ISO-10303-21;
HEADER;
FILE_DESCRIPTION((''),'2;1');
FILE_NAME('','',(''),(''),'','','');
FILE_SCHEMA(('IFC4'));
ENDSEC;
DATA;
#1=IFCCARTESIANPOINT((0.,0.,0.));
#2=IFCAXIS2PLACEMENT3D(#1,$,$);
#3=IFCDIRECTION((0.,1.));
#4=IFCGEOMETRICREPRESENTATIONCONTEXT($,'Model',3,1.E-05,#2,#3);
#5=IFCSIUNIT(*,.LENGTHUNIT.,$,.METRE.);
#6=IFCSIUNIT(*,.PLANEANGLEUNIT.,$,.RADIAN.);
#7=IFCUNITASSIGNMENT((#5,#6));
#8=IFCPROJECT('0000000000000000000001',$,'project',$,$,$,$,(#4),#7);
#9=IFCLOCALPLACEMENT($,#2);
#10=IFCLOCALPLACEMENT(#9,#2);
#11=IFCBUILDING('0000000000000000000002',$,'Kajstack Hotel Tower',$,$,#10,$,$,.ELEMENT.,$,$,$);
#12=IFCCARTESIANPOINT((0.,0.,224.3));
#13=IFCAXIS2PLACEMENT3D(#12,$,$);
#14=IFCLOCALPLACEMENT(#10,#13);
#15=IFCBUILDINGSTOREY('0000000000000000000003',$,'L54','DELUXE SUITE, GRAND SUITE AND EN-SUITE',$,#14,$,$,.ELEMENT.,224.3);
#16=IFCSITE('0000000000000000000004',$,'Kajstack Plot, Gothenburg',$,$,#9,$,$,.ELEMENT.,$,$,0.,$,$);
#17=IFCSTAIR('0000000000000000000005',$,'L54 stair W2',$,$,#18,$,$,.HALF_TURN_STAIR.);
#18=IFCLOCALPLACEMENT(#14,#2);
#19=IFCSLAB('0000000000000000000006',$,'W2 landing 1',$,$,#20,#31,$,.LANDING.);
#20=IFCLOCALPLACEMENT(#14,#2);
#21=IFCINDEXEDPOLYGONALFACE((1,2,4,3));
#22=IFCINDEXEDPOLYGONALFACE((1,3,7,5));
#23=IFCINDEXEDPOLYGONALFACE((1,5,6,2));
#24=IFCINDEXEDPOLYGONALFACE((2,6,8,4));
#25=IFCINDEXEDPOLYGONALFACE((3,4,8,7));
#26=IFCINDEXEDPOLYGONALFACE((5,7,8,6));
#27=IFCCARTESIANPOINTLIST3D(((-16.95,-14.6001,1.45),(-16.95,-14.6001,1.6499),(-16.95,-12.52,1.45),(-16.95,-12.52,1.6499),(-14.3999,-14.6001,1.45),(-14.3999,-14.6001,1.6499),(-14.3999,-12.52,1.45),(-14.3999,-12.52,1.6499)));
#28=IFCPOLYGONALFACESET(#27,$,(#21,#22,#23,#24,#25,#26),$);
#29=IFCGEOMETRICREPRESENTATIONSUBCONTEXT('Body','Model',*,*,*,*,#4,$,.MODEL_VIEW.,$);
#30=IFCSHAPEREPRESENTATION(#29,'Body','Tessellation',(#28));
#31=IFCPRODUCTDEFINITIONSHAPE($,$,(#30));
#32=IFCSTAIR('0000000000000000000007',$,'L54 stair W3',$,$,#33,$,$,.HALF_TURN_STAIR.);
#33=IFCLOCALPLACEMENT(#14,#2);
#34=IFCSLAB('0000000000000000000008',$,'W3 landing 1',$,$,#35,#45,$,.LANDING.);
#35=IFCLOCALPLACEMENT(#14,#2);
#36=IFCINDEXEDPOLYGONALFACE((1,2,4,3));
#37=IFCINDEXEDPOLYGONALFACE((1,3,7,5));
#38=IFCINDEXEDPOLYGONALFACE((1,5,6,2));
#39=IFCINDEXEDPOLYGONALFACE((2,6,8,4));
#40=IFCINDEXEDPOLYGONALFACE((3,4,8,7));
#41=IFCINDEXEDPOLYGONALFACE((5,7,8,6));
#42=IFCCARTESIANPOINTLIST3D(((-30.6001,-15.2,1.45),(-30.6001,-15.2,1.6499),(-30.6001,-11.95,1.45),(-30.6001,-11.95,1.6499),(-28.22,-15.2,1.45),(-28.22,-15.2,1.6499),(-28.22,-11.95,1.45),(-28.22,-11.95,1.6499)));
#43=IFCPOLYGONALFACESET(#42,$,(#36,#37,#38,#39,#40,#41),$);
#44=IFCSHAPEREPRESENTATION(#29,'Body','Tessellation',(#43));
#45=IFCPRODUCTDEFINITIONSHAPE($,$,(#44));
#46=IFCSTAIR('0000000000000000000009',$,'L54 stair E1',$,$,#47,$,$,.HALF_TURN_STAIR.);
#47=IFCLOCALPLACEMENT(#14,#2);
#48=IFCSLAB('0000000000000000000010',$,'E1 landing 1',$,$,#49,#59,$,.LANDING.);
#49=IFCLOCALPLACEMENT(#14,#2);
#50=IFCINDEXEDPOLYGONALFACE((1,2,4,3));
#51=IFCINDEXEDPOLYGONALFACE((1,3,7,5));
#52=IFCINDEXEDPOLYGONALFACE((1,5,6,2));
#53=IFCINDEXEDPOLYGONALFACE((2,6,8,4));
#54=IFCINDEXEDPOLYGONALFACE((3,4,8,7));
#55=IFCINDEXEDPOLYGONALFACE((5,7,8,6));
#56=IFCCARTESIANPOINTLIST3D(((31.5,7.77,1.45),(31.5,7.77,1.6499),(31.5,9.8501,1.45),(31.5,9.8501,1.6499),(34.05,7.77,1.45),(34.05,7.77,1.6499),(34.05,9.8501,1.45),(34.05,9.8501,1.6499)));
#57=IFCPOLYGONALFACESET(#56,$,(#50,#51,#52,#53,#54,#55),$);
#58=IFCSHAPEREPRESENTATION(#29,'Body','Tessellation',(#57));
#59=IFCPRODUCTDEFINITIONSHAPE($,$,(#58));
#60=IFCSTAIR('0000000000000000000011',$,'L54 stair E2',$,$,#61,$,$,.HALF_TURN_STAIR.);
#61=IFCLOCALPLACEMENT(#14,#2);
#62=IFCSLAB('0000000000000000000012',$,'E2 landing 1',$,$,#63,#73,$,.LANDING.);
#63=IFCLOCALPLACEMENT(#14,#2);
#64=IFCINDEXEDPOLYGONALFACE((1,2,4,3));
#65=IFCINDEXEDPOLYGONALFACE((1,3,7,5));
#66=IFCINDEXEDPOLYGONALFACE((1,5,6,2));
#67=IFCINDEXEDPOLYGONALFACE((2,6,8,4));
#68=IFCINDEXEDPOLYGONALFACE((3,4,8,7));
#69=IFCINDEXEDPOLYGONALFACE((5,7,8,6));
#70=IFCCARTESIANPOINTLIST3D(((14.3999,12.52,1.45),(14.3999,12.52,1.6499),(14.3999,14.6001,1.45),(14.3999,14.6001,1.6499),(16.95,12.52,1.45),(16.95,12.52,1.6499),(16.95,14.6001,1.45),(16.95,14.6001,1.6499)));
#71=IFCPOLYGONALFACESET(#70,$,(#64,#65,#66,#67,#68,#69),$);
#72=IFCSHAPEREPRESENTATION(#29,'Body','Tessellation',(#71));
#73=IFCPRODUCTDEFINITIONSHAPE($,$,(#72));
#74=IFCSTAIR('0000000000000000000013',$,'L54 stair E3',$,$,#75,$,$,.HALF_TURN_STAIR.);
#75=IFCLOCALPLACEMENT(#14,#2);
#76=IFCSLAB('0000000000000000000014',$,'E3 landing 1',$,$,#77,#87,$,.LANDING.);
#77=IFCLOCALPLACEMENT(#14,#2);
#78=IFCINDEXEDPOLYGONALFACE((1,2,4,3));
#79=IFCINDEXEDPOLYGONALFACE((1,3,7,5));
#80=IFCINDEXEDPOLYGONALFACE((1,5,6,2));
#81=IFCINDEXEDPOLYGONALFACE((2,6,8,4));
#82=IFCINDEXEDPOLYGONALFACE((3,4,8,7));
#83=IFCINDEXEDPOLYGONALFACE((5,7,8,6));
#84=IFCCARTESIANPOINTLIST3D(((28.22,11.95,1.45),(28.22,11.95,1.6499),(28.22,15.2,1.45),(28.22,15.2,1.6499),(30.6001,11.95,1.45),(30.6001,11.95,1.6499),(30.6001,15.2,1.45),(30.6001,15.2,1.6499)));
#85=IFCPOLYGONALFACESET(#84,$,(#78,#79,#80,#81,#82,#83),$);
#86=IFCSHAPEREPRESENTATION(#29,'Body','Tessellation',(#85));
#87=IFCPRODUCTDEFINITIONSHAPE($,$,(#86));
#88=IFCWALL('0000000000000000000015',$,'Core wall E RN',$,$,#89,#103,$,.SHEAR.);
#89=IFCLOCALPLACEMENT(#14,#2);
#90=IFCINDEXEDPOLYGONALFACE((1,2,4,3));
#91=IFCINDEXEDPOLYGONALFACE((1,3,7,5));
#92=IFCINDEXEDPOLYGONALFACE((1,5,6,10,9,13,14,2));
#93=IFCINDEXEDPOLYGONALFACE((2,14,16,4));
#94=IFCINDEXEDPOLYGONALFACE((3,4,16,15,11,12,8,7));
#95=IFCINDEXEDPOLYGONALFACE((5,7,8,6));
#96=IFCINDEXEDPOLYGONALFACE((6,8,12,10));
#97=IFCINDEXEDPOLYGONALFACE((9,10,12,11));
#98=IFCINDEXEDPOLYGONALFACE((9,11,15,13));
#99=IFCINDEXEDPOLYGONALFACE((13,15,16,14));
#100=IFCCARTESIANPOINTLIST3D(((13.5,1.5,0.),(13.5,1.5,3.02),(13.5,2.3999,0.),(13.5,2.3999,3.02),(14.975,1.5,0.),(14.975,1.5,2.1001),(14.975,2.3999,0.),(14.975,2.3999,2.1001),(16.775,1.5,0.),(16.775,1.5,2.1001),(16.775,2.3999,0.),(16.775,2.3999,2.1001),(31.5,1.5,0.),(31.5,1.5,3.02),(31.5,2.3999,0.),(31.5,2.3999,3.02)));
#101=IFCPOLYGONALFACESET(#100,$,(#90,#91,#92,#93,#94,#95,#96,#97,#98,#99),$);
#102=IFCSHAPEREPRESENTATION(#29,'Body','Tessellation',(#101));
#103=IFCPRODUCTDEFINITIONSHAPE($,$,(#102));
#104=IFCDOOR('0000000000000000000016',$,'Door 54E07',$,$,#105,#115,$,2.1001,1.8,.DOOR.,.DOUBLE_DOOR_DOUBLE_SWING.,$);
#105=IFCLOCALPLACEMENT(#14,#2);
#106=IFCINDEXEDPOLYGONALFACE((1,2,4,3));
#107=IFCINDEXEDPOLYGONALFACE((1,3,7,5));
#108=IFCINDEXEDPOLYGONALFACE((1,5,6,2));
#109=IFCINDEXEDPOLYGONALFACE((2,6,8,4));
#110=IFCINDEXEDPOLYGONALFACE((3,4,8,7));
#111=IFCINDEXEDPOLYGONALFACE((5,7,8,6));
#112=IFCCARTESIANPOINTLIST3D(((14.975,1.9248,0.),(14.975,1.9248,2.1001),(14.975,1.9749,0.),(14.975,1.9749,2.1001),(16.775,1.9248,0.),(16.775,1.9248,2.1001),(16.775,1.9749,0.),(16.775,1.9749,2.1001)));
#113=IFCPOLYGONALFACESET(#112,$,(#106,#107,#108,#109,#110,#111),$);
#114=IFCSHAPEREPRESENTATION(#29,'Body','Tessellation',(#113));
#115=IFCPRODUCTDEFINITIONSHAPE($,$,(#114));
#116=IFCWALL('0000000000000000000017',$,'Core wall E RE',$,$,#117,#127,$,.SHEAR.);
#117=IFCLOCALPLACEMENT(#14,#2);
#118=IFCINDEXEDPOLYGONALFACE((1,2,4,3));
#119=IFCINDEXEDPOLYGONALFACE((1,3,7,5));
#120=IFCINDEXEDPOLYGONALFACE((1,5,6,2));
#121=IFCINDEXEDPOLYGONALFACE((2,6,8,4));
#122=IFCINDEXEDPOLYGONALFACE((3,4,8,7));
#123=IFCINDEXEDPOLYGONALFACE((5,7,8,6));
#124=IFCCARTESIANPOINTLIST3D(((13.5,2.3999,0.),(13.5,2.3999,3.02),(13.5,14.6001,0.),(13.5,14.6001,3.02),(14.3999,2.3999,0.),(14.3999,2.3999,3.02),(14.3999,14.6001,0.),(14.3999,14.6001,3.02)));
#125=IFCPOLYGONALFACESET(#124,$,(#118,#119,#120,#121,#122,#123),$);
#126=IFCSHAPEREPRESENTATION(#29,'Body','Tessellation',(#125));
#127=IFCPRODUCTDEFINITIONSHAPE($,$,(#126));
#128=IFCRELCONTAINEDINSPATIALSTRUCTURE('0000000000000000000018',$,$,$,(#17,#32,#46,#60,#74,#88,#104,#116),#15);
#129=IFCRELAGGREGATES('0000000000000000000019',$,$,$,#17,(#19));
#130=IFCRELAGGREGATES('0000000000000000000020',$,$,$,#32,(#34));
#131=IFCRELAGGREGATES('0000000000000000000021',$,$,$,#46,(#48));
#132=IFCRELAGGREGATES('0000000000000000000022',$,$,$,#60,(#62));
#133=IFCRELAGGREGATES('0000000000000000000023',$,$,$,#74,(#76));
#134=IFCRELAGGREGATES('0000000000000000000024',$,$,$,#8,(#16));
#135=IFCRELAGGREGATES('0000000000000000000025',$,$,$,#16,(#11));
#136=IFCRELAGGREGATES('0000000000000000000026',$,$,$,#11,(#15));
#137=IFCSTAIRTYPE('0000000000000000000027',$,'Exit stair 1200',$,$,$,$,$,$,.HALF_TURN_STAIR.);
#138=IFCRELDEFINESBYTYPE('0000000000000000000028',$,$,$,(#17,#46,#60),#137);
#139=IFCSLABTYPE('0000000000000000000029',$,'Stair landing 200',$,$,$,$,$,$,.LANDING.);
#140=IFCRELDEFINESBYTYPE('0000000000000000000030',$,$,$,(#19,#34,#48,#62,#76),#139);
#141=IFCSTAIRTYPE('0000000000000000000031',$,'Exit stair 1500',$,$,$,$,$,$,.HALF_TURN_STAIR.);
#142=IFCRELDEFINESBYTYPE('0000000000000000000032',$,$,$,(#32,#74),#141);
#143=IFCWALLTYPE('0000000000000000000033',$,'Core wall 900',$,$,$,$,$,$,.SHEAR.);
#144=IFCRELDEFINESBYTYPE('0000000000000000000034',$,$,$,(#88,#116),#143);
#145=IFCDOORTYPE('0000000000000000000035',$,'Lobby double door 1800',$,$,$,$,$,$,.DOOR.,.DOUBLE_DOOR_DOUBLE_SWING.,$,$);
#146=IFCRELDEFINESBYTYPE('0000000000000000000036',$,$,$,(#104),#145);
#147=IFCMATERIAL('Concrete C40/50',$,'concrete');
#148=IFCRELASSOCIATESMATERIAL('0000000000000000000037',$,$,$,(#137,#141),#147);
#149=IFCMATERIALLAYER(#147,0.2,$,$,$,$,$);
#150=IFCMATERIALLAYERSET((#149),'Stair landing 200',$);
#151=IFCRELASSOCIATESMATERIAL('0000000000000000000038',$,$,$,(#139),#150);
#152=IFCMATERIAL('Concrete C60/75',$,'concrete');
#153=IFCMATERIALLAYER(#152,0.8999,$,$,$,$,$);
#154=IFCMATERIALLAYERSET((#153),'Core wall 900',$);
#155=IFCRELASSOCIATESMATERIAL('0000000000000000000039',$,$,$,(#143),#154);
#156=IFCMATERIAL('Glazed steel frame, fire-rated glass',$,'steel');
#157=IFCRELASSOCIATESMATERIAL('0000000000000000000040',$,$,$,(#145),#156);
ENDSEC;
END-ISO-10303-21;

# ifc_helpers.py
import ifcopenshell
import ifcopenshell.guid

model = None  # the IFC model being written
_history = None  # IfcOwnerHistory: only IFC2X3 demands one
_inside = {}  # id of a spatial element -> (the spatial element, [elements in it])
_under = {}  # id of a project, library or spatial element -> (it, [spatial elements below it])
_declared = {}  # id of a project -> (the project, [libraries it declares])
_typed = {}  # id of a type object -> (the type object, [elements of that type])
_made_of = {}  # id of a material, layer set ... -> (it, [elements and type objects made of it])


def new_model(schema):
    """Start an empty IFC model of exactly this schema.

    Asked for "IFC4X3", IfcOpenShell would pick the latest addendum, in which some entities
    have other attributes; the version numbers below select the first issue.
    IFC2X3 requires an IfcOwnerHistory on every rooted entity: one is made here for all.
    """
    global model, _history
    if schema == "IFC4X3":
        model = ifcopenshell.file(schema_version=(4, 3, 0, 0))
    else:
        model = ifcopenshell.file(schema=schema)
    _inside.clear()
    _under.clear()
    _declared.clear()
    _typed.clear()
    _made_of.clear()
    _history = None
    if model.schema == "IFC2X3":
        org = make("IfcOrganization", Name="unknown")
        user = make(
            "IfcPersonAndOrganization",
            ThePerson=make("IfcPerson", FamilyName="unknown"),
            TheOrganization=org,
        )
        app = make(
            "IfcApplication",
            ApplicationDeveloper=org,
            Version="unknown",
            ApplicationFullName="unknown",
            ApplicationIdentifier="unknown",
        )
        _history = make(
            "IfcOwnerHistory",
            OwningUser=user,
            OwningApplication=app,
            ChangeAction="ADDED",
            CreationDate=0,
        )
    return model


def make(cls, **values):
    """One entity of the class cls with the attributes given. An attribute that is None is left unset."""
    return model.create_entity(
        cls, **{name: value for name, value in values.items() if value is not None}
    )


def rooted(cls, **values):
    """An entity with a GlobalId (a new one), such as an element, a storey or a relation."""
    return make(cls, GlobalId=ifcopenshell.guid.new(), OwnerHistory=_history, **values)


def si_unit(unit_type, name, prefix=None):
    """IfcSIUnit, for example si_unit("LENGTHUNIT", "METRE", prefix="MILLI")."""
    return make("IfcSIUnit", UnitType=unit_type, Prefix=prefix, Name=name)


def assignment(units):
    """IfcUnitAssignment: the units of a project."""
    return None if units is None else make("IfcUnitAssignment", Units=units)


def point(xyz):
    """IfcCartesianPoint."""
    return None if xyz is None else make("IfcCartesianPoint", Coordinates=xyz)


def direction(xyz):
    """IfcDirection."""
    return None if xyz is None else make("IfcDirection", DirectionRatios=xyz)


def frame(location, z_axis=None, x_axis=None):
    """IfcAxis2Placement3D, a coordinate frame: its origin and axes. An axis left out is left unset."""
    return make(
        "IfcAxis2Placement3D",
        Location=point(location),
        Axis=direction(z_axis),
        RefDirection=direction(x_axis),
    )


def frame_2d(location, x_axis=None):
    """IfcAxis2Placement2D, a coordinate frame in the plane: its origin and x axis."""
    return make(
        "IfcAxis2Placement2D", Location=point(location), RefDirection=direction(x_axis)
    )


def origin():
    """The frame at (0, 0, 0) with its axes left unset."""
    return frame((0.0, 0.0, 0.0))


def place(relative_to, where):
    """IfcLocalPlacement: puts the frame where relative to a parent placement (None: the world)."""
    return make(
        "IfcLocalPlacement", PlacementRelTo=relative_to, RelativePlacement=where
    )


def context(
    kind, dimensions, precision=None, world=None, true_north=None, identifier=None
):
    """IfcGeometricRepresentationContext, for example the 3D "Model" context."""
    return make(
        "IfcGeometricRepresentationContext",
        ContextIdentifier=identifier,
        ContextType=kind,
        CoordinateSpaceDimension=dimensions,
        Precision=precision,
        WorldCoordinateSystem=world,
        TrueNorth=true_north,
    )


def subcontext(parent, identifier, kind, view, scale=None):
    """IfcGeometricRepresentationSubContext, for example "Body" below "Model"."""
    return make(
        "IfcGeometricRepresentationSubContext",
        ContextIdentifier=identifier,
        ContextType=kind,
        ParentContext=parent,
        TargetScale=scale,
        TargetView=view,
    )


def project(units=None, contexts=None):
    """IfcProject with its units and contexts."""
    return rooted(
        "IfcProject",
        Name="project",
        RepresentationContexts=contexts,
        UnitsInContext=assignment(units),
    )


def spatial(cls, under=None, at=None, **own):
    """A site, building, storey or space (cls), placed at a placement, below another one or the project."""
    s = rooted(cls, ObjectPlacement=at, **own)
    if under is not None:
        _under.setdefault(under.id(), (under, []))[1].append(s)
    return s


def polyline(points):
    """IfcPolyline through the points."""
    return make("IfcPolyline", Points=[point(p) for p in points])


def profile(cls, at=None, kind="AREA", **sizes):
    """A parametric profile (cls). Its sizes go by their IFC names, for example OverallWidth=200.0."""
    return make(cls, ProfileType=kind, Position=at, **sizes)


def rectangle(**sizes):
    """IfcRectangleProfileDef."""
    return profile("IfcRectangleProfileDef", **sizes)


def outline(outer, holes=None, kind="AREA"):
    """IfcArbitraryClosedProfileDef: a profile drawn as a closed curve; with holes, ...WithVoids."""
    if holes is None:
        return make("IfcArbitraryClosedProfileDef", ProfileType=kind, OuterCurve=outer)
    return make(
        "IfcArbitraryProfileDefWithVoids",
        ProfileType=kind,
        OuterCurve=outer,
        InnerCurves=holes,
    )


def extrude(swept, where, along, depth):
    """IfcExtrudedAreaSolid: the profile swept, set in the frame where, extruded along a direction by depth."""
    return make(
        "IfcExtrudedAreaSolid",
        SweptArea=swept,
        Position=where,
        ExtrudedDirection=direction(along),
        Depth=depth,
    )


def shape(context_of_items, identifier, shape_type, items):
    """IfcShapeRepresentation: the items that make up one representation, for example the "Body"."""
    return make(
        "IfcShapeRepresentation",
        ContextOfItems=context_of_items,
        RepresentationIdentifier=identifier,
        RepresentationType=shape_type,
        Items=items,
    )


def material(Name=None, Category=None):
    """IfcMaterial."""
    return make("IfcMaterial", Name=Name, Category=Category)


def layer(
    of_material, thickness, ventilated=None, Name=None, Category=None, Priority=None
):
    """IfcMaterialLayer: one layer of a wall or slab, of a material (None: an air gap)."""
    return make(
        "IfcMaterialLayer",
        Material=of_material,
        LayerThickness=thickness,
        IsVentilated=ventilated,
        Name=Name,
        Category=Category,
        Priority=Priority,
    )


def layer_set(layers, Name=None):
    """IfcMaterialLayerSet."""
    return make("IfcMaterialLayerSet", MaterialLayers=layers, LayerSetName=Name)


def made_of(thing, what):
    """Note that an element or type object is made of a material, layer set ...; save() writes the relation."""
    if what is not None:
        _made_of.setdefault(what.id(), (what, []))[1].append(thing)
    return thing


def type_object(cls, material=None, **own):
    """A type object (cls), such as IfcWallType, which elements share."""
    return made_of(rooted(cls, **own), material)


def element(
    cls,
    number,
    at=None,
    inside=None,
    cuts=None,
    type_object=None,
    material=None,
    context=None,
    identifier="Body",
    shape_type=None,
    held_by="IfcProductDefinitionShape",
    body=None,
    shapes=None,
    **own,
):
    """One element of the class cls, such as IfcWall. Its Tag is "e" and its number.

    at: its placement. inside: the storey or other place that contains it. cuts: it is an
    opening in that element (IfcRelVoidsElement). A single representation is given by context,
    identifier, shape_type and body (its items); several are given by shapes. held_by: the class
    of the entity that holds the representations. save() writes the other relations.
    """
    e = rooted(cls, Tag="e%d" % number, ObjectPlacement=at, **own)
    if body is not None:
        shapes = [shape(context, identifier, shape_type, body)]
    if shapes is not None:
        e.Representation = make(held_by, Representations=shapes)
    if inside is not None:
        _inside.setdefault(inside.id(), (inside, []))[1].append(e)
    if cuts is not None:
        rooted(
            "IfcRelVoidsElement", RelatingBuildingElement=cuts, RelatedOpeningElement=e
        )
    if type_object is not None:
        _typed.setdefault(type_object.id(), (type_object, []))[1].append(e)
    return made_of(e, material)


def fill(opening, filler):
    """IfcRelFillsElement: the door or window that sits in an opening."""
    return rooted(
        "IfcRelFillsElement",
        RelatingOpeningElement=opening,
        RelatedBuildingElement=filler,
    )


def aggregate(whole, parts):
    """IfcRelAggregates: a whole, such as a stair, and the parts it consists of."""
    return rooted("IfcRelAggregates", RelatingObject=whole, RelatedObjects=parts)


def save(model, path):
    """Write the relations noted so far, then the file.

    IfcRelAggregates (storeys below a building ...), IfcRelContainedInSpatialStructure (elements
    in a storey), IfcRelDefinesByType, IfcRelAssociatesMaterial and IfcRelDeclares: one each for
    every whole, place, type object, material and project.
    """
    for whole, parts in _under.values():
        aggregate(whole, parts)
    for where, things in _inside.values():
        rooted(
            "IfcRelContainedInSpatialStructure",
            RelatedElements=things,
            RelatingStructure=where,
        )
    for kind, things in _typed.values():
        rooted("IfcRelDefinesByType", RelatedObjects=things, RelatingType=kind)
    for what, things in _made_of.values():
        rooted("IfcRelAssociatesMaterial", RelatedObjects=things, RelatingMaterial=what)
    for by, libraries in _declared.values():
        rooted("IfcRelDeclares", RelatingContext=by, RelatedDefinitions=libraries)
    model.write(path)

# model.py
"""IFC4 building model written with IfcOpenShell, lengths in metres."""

from ifc_helpers import new_model, si_unit, direction, frame, frame_2d, origin, place, context, subcontext, project, spatial, polyline, rectangle, outline, extrude, material, layer, layer_set, type_object, element, fill, aggregate, save


model = new_model("IFC4")

# Units and contexts
model_context = context("Model", 3, precision=1e-05, world=origin(), true_north=direction((0.0, 1.0)))
body_context = subcontext(model_context, "Body", "Model", "MODEL_VIEW")
ifc_project = project(units=[si_unit("LENGTHUNIT", "METRE"), si_unit("PLANEANGLEUNIT", "RADIAN")], contexts=[model_context])

# Site, building, storey
site_placement = place(None, origin())
site = spatial("IfcSite", under=ifc_project, at=site_placement, Name="Kajstack Plot, Gothenburg", CompositionType="ELEMENT", RefElevation=0.0)
building_placement = place(site_placement, origin())
building = spatial("IfcBuilding", under=site, at=building_placement, Name="Kajstack Hotel Tower", CompositionType="ELEMENT")
storey_placement = place(building_placement, frame((0.0, 0.0, 224.3)))
storey = spatial("IfcBuildingStorey", under=building, at=storey_placement, Name="L54", Description="DELUXE SUITE, GRAND SUITE AND EN-SUITE", CompositionType="ELEMENT", Elevation=224.3)

# Stairs, slabs
ifc_material_1 = material(Name="Concrete C40/50", Category="concrete")
stair_type_1 = type_object("IfcStairType", Name="Exit stair 1200", PredefinedType="HALF_TURN_STAIR", material=ifc_material_1)
stair_1_placement = place(storey_placement, origin())
stair_1 = element("IfcStair", 1, at=stair_1_placement, inside=storey, type_object=stair_type_1, Name="L54 stair W2", PredefinedType="HALF_TURN_STAIR")
ifc_layer_1 = layer(ifc_material_1, 0.2)
ifc_layer_set_1 = layer_set([ifc_layer_1], Name="Stair landing 200")
slab_type = type_object("IfcSlabType", Name="Stair landing 200", PredefinedType="LANDING", material=ifc_layer_set_1)
slab_1_placement = place(storey_placement, frame((0.0, 0.0, 1.45)))
slab_1 = element("IfcSlab", 2, at=slab_1_placement, type_object=slab_type, Name="W2 landing 1", PredefinedType="LANDING", context=body_context, shape_type="SweptSolid", body=[
    extrude(outline(polyline([(-16.95, -12.52), (-16.95, -14.6001), (-14.3999, -14.6001), (-14.3999, -12.52), (-16.95, -12.52)])), origin(), (0.0, 0.0, 1.0), 0.2),
])
aggregate(stair_1, [slab_1])
stair_type_2 = type_object("IfcStairType", Name="Exit stair 1500", PredefinedType="HALF_TURN_STAIR", material=ifc_material_1)
stair_2_placement = place(storey_placement, origin())
stair_2 = element("IfcStair", 3, at=stair_2_placement, inside=storey, type_object=stair_type_2, Name="L54 stair W3", PredefinedType="HALF_TURN_STAIR")
slab_2_placement = place(storey_placement, frame((0.0, 0.0, 1.45)))
slab_2 = element("IfcSlab", 4, at=slab_2_placement, type_object=slab_type, Name="W3 landing 1", PredefinedType="LANDING", context=body_context, shape_type="SweptSolid", body=[
    extrude(outline(polyline([(-28.22, -11.95), (-30.6001, -11.95), (-30.6001, -15.2), (-28.22, -15.2), (-28.22, -11.95)])), origin(), (0.0, 0.0, 1.0), 0.2),
])
aggregate(stair_2, [slab_2])
stair_3_placement = place(storey_placement, origin())
stair_3 = element("IfcStair", 5, at=stair_3_placement, inside=storey, type_object=stair_type_1, Name="L54 stair E1", PredefinedType="HALF_TURN_STAIR")
slab_3_placement = place(storey_placement, frame((0.0, 0.0, 1.45)))
slab_3 = element("IfcSlab", 6, at=slab_3_placement, type_object=slab_type, Name="E1 landing 1", PredefinedType="LANDING", context=body_context, shape_type="SweptSolid", body=[
    extrude(outline(polyline([(34.05, 7.77), (34.05, 9.8501), (31.5, 9.8501), (31.5, 7.77), (34.05, 7.77)])), origin(), (0.0, 0.0, 1.0), 0.2),
])
aggregate(stair_3, [slab_3])
stair_4_placement = place(storey_placement, origin())
stair_4 = element("IfcStair", 7, at=stair_4_placement, inside=storey, type_object=stair_type_1, Name="L54 stair E2", PredefinedType="HALF_TURN_STAIR")
slab_4_placement = place(storey_placement, frame((0.0, 0.0, 1.45)))
slab_4 = element("IfcSlab", 8, at=slab_4_placement, type_object=slab_type, Name="E2 landing 1", PredefinedType="LANDING", context=body_context, shape_type="SweptSolid", body=[
    extrude(outline(polyline([(16.95, 12.52), (16.95, 14.6001), (14.3999, 14.6001), (14.3999, 12.52), (16.95, 12.52)])), origin(), (0.0, 0.0, 1.0), 0.2),
])
aggregate(stair_4, [slab_4])
stair_5_placement = place(storey_placement, origin())
stair_5 = element("IfcStair", 9, at=stair_5_placement, inside=storey, type_object=stair_type_2, Name="L54 stair E3", PredefinedType="HALF_TURN_STAIR")
slab_5_placement = place(storey_placement, frame((0.0, 0.0, 1.45)))
slab_5 = element("IfcSlab", 10, at=slab_5_placement, type_object=slab_type, Name="E3 landing 1", PredefinedType="LANDING", context=body_context, shape_type="SweptSolid", body=[
    extrude(outline(polyline([(28.22, 11.95), (30.6001, 11.95), (30.6001, 15.2), (28.22, 15.2), (28.22, 11.95)])), origin(), (0.0, 0.0, 1.0), 0.2),
])
aggregate(stair_5, [slab_5])

# Wall, opening, door
ifc_material_2 = material(Name="Concrete C60/75", Category="concrete")
ifc_layer_2 = layer(ifc_material_2, 0.8999)
ifc_layer_set_2 = layer_set([ifc_layer_2], Name="Core wall 900")
wall_type_1 = type_object("IfcWallType", Name="Core wall 900", PredefinedType="SHEAR", material=ifc_layer_set_2)
wall_1_placement = place(storey_placement, frame((13.5, 1.95, 0.0), z_axis=(0.0, 0.0, 1.0), x_axis=(1.0, 0.0, 0.0)))
wall_1 = element("IfcWall", 11, at=wall_1_placement, inside=storey, type_object=wall_type_1, Name="Core wall E RN", PredefinedType="SHEAR", context=body_context, shape_type="SweptSolid", body=[
    extrude(rectangle(XDim=18.0, YDim=0.8999, at=frame_2d((9.0, 0.0))), origin(), (0.0, 0.0, 1.0), 3.02),
])
opening_1_placement = place(wall_1_placement, frame((1.4751, 0.0, 0.0)))
opening_1 = element("IfcOpeningElement", 12, at=opening_1_placement, cuts=wall_1, PredefinedType="OPENING", context=body_context, shape_type="SweptSolid", body=[
    extrude(rectangle(XDim=1.8, YDim=2.1001, at=frame_2d((0.8999, 1.05))), frame((0.0, 0.46, 0.0), z_axis=(0.0, -1.0, 0.0), x_axis=(1.0, 0.0, 0.0)), (0.0, 0.0, 1.0), 0.9199),
])
ifc_material_3 = material(Name="Glazed steel frame, fire-rated glass", Category="steel")
door_type_1 = type_object("IfcDoorType", Name="Lobby double door 1800", OperationType="DOUBLE_DOOR_DOUBLE_SWING", PredefinedType="DOOR", material=ifc_material_3)
door_1_placement = place(opening_1_placement, origin())
door_1 = element("IfcDoor", 13, at=door_1_placement, inside=storey, type_object=door_type_1, Name="Door 54E07", OperationType="DOUBLE_DOOR_DOUBLE_SWING", OverallHeight=2.1001, OverallWidth=1.8, PredefinedType="DOOR", context=body_context, shape_type="SweptSolid", body=[
    extrude(rectangle(XDim=1.8, YDim=2.1001, at=frame_2d((0.8999, 1.05))), frame((0.0, 0.0249, 0.0), z_axis=(0.0, -1.0, 0.0), x_axis=(1.0, 0.0, 0.0)), (0.0, 0.0, 1.0), 0.05),
])
fill(opening_1, door_1)

# Wall
wall_2_placement = place(storey_placement, frame((13.95, 2.3999, 0.0), z_axis=(0.0, 0.0, 1.0), x_axis=(0.0, 1.0, 0.0)))
element("IfcWall", 14, at=wall_2_placement, inside=storey, type_object=wall_type_1, Name="Core wall E RE", PredefinedType="SHEAR", context=body_context, shape_type="SweptSolid", body=[
    extrude(rectangle(XDim=12.2002, YDim=0.8999, at=frame_2d((6.1001, 0.0))), origin(), (0.0, 0.0, 1.0), 3.02),
])

save(model, "model.ifc")
